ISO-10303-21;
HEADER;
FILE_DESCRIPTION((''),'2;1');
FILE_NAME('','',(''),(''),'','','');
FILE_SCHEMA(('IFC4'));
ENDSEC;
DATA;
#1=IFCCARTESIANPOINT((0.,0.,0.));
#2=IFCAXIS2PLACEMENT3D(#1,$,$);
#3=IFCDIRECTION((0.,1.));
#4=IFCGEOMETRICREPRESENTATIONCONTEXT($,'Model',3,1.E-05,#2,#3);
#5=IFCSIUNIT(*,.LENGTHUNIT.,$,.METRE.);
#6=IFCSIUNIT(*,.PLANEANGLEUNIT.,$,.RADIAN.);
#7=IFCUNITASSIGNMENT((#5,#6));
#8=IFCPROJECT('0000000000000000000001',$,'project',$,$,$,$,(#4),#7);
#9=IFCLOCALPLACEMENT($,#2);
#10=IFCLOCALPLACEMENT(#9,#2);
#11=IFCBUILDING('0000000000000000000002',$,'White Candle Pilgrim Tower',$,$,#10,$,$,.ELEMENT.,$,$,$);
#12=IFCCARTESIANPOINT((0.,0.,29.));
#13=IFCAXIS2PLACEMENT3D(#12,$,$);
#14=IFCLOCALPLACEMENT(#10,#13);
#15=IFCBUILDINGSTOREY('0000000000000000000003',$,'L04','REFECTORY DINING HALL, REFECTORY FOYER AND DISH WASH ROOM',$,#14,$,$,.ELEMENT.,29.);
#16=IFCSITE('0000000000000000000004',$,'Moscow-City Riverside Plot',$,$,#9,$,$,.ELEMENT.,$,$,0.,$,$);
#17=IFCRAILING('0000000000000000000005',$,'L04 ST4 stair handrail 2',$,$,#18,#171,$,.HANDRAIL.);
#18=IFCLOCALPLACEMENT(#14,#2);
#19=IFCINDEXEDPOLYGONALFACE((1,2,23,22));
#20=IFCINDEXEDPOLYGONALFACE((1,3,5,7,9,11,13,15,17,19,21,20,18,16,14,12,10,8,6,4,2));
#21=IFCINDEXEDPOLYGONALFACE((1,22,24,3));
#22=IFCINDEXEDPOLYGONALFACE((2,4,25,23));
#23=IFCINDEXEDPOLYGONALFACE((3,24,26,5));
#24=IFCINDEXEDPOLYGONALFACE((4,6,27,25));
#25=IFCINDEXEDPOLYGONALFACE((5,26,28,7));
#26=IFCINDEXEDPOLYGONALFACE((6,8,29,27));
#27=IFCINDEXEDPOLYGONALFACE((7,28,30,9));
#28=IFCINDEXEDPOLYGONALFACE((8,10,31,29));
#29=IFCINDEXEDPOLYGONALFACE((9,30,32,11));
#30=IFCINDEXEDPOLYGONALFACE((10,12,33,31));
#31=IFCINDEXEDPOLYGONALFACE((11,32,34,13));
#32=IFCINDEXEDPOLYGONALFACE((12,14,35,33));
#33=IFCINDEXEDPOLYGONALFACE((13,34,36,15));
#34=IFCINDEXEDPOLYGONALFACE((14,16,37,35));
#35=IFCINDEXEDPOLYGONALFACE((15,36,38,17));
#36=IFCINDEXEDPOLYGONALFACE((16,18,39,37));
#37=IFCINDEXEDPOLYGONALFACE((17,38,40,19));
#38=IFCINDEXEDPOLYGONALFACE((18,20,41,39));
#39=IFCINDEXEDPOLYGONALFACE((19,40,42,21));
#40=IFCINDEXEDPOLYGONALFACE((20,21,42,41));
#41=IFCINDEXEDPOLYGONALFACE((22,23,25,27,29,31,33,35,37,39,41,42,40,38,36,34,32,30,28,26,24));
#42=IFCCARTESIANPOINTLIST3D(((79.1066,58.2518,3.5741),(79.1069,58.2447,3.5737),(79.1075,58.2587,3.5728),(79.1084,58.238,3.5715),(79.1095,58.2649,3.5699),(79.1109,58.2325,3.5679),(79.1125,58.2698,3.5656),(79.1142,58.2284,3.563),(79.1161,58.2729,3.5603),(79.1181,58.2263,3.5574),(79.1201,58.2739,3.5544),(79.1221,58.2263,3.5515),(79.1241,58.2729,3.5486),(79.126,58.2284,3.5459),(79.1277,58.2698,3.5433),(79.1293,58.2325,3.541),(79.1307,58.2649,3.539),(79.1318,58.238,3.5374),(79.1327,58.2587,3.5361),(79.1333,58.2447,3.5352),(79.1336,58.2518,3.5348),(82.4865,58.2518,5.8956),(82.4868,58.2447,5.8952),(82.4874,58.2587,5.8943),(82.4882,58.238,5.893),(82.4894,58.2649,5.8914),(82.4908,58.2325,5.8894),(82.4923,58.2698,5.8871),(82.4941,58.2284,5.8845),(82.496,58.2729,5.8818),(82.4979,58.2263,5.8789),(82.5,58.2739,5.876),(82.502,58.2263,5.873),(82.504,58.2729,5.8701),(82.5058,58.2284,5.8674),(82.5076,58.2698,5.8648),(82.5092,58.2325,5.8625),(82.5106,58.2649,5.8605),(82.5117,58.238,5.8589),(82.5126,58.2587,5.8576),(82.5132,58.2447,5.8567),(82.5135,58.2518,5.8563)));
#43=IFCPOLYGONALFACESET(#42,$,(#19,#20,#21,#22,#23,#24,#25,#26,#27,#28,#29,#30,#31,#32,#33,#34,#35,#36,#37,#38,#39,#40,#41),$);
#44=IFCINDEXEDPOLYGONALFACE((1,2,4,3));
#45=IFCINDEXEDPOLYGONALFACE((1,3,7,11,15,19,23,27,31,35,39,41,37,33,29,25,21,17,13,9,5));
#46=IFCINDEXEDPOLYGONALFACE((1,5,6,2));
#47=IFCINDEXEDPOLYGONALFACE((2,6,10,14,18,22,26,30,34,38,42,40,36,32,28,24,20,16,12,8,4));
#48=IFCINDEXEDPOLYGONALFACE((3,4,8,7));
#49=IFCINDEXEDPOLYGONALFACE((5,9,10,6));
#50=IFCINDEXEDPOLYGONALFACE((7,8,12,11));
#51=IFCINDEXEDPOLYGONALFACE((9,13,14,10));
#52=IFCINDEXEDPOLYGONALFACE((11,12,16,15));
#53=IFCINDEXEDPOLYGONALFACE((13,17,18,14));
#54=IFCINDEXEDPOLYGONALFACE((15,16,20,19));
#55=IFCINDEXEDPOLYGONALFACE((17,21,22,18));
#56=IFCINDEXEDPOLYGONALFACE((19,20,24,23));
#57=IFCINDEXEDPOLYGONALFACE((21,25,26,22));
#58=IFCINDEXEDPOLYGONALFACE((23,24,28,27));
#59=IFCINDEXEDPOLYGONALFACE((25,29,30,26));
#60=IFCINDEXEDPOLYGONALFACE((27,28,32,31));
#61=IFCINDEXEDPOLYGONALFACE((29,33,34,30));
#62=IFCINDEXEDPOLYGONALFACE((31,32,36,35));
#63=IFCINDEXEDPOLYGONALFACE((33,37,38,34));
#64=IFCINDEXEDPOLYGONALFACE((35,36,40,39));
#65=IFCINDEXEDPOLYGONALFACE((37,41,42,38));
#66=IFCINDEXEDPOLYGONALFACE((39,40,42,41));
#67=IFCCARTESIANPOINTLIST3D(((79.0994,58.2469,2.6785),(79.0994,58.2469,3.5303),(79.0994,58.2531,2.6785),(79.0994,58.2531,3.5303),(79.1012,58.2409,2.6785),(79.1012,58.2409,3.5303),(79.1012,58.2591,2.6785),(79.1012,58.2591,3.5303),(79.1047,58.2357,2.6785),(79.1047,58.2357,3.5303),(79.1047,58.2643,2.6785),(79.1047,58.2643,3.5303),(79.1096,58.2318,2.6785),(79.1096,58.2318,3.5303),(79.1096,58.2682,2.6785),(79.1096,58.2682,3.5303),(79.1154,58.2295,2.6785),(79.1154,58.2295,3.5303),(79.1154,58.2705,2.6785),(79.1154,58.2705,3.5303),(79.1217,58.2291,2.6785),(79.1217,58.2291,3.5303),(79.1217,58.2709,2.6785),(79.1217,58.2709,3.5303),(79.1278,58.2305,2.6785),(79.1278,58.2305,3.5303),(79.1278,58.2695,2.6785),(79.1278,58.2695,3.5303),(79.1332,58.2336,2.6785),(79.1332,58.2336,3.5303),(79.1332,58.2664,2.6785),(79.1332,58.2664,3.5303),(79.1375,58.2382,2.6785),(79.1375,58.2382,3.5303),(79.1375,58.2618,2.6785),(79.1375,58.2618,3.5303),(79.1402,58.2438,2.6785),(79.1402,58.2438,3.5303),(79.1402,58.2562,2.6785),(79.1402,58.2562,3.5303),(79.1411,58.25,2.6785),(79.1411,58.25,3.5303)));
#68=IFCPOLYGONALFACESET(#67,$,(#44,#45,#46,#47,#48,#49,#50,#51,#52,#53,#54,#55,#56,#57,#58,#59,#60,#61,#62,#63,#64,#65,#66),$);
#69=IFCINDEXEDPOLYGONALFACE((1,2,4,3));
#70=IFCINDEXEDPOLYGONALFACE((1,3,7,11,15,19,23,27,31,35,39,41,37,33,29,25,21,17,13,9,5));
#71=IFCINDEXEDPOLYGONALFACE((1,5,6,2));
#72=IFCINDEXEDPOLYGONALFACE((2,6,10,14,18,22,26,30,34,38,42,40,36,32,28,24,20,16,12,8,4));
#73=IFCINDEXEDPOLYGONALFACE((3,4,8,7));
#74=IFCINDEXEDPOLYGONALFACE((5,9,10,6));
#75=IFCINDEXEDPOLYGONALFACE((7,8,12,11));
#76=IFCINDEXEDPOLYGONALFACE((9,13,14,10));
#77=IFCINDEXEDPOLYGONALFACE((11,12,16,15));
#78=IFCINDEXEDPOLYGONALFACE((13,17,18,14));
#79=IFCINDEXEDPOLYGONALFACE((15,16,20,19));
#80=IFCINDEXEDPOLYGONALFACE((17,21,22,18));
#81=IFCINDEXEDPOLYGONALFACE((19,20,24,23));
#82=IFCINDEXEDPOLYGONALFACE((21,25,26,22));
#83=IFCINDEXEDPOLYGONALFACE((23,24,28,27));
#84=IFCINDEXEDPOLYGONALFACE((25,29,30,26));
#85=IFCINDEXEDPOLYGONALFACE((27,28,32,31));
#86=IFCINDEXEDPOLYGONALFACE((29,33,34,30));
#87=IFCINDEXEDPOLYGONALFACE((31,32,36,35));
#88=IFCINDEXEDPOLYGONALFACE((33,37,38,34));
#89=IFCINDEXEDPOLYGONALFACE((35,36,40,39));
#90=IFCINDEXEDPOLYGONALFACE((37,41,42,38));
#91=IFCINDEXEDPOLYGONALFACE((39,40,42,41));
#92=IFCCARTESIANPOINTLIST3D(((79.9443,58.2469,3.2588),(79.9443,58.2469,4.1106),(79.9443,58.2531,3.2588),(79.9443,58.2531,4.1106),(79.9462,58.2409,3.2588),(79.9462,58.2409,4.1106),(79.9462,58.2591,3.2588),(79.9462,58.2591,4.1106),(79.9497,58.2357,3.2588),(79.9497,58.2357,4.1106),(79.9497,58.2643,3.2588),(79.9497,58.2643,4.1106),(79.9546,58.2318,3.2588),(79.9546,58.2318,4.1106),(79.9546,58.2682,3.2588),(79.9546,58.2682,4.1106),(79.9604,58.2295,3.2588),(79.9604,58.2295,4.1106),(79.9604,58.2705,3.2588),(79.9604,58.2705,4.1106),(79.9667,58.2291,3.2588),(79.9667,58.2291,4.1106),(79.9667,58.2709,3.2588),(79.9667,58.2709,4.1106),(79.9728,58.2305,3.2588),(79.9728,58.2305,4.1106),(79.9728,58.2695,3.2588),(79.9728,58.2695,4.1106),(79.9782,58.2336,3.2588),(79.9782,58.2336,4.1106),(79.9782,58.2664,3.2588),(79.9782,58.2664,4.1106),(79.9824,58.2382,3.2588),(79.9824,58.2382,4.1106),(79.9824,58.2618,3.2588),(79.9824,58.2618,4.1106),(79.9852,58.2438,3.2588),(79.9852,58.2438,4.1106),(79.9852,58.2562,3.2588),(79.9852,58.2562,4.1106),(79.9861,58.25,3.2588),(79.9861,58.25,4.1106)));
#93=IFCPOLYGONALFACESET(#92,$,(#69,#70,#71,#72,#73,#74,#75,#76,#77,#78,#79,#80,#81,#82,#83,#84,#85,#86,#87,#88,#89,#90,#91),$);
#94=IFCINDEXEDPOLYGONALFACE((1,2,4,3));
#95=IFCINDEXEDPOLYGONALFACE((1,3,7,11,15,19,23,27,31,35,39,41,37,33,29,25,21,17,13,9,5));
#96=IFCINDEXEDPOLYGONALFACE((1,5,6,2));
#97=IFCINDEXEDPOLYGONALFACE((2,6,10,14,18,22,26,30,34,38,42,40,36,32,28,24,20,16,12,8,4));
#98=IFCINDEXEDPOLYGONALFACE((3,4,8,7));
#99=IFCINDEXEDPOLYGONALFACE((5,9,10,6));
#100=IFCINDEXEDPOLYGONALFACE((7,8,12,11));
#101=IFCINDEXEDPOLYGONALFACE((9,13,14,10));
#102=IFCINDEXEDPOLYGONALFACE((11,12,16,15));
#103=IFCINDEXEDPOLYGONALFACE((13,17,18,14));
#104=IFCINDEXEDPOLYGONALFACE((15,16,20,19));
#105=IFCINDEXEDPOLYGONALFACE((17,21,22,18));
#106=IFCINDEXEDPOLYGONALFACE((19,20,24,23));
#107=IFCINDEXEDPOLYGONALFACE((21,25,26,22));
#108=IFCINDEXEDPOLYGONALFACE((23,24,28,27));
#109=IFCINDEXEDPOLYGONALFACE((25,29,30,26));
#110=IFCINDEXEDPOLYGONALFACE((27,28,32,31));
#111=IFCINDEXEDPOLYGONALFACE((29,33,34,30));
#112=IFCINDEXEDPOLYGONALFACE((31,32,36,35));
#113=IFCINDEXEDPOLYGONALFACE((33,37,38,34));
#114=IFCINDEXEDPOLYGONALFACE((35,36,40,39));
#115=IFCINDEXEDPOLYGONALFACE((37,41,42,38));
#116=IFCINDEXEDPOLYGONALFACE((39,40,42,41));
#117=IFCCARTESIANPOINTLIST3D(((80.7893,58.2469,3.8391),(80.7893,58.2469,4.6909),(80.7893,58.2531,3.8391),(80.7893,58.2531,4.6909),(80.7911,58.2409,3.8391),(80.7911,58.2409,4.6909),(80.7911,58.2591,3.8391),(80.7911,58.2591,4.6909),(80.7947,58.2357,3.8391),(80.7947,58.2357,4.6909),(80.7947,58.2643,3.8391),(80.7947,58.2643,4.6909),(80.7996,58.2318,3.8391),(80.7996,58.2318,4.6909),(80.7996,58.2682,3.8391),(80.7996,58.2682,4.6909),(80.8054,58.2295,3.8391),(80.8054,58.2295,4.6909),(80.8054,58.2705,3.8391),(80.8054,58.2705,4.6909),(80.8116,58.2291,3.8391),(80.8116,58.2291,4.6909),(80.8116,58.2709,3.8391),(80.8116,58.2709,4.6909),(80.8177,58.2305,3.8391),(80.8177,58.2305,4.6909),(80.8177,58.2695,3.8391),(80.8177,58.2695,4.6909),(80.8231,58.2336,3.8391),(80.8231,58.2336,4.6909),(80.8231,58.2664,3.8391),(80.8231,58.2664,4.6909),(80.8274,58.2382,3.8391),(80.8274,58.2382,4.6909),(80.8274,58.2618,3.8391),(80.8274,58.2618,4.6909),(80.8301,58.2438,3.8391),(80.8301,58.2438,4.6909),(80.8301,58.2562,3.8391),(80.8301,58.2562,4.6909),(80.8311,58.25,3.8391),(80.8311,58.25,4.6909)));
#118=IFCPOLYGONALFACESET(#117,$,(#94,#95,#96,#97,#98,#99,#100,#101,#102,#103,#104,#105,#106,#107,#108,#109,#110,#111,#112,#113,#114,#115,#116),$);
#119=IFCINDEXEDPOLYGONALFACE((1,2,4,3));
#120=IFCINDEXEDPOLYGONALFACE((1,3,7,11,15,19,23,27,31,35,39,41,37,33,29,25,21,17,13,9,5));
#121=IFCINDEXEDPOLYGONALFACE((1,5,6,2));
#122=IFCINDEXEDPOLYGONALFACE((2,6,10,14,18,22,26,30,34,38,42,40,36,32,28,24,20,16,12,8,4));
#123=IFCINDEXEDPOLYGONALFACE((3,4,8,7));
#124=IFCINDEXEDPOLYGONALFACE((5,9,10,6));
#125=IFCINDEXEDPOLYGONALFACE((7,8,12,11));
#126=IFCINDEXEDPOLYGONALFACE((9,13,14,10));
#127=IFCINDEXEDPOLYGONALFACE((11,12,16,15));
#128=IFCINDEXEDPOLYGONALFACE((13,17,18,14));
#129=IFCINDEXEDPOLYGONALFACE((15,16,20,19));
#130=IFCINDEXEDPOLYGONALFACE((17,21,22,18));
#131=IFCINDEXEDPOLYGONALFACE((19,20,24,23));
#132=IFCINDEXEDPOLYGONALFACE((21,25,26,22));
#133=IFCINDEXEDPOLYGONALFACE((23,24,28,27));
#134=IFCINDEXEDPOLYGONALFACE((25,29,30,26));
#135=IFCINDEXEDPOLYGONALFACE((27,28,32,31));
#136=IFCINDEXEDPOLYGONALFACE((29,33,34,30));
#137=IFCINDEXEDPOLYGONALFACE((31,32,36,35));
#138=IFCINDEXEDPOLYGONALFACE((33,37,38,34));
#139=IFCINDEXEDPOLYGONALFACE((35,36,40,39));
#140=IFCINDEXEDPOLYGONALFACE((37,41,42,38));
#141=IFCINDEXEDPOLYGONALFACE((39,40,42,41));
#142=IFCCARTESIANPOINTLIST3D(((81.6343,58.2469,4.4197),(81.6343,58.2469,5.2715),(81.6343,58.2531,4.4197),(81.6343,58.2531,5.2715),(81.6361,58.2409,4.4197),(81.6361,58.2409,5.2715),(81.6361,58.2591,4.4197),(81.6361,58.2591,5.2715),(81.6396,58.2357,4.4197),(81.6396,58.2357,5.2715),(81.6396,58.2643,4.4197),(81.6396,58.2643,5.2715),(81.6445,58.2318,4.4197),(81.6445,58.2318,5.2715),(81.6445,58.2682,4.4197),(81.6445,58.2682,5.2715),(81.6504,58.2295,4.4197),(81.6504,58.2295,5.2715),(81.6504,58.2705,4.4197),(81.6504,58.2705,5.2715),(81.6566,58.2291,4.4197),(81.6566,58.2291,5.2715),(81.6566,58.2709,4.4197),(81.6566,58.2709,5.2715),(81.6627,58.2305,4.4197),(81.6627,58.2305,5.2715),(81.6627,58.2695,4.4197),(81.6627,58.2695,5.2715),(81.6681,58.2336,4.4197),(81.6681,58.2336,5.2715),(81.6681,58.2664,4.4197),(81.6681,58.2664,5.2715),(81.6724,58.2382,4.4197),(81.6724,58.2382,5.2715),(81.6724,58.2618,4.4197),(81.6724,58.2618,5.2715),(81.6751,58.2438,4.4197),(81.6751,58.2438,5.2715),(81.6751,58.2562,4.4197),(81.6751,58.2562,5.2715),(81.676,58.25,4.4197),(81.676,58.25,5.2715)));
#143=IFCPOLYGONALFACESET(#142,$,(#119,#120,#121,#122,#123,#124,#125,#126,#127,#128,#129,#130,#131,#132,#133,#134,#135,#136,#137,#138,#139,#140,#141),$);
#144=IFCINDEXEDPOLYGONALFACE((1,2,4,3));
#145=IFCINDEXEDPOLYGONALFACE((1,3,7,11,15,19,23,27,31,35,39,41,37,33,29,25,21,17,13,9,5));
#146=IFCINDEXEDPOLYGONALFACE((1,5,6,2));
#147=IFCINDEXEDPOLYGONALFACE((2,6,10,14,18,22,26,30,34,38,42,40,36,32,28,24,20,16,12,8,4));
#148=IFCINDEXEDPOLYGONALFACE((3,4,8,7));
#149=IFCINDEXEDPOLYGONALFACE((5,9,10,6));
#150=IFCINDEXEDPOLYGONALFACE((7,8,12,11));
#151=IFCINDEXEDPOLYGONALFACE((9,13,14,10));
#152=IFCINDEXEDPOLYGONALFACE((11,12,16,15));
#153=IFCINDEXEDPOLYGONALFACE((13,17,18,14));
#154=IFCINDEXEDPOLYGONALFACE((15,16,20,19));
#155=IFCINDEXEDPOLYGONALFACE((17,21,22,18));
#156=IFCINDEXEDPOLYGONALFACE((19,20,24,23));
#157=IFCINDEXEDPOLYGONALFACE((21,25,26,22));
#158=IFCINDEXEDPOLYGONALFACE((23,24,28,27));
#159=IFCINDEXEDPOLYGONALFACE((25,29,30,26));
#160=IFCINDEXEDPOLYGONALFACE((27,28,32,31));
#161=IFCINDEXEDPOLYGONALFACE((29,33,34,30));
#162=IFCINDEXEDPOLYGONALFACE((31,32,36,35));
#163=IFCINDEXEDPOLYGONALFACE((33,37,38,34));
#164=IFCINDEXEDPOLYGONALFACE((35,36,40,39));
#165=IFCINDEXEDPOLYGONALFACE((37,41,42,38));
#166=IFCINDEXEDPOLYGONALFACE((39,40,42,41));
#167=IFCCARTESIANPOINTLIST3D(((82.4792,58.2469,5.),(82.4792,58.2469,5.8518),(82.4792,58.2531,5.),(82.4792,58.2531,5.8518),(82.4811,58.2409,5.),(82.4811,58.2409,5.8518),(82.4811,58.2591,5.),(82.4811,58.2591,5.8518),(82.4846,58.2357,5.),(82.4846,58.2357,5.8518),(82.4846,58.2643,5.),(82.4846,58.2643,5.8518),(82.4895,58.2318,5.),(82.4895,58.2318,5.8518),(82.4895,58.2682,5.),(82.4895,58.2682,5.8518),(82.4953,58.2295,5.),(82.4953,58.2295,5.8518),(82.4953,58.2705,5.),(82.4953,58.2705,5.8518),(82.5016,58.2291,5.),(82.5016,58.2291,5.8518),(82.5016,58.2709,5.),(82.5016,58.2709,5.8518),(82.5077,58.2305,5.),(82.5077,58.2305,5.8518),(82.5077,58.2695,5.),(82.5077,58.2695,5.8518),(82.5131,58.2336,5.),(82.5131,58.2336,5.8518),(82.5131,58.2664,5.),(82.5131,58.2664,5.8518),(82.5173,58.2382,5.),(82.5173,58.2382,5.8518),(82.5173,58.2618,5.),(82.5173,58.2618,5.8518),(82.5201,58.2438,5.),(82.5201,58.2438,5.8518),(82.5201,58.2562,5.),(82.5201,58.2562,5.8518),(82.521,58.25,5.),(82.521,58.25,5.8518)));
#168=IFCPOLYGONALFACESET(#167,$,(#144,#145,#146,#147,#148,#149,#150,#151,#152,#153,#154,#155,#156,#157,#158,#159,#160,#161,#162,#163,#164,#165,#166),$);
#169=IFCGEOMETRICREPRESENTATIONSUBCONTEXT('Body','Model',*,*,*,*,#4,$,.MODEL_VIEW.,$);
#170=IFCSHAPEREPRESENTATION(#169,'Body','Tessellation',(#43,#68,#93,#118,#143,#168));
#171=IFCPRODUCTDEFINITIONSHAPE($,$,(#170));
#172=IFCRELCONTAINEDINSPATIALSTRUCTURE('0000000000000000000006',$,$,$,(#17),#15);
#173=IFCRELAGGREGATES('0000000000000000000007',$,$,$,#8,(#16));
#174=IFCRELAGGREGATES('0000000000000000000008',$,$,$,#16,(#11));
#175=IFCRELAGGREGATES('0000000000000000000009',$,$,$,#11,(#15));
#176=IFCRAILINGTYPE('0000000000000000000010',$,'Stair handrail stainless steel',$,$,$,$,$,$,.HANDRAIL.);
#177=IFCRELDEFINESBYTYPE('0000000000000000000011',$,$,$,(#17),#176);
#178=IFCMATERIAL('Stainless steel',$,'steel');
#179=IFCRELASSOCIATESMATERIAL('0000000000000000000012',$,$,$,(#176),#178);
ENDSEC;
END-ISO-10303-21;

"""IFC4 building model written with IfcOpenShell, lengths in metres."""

from ifc_helpers import new_model, si_unit, direction, frame, origin, origin_2d, place, context, subcontext, project, spatial, circle, extrude, material, type_object, element, save


model = new_model("IFC4")

# Units and contexts
model_context = context("Model", 3, precision=1e-05, world=origin(), true_north=direction((0.0, 1.0)))
body_context = subcontext(model_context, "Body", "Model", "MODEL_VIEW")
ifc_project = project(units=[si_unit("LENGTHUNIT", "METRE"), si_unit("PLANEANGLEUNIT", "RADIAN")], contexts=[model_context])

# Site, building, storey
site_placement = place(None, origin())
site = spatial("IfcSite", under=ifc_project, at=site_placement, Name="Moscow-City Riverside Plot", CompositionType="ELEMENT", RefElevation=0.0)
building_placement = place(site_placement, origin())
building = spatial("IfcBuilding", under=site, at=building_placement, Name="White Candle Pilgrim Tower", CompositionType="ELEMENT")
storey_placement = place(building_placement, frame((0.0, 0.0, 29.0)))
storey = spatial("IfcBuildingStorey", under=building, at=storey_placement, Name="L04", Description="REFECTORY DINING HALL, REFECTORY FOYER AND DISH WASH ROOM", CompositionType="ELEMENT", Elevation=29.0)

# Railing
ifc_material_1 = material(Name="Stainless steel", Category="steel")
railing_type_1 = type_object("IfcRailingType", Name="Stair handrail stainless steel", PredefinedType="HANDRAIL", material=ifc_material_1)
railing_1_placement = place(storey_placement, frame((79.1201, 58.25, 2.6785)))
element("IfcRailing", 1, at=railing_1_placement, inside=storey, type_object=railing_type_1, Name="L04 ST4 stair handrail 2", PredefinedType="HANDRAIL", context=body_context, shape_type="SweptSolid", body=[
    extrude(circle(Radius=0.0239, at=origin_2d()), frame((0.0, 0.0, 0.876), z_axis=(0.824285, 0.0, 0.566175), x_axis=(0.0, 1.0, 0.0)), (0.0, 0.0, 1.0), 4.1003),
    extrude(circle(Radius=0.021, at=origin_2d()), origin(), (0.0, 0.0, 1.0), 0.8518),
    extrude(circle(Radius=0.021, at=origin_2d()), frame((0.845, 0.0, 0.5803)), (0.0, 0.0, 1.0), 0.8518),
    extrude(circle(Radius=0.021, at=origin_2d()), frame((1.6899, 0.0, 1.1606)), (0.0, 0.0, 1.0), 0.8518),
    extrude(circle(Radius=0.021, at=origin_2d()), frame((2.5349, 0.0, 1.7412)), (0.0, 0.0, 1.0), 0.8518),
    extrude(circle(Radius=0.021, at=origin_2d()), frame((3.3799, 0.0, 2.3215)), (0.0, 0.0, 1.0), 0.8518),
])

save(model, "model.ifc")
